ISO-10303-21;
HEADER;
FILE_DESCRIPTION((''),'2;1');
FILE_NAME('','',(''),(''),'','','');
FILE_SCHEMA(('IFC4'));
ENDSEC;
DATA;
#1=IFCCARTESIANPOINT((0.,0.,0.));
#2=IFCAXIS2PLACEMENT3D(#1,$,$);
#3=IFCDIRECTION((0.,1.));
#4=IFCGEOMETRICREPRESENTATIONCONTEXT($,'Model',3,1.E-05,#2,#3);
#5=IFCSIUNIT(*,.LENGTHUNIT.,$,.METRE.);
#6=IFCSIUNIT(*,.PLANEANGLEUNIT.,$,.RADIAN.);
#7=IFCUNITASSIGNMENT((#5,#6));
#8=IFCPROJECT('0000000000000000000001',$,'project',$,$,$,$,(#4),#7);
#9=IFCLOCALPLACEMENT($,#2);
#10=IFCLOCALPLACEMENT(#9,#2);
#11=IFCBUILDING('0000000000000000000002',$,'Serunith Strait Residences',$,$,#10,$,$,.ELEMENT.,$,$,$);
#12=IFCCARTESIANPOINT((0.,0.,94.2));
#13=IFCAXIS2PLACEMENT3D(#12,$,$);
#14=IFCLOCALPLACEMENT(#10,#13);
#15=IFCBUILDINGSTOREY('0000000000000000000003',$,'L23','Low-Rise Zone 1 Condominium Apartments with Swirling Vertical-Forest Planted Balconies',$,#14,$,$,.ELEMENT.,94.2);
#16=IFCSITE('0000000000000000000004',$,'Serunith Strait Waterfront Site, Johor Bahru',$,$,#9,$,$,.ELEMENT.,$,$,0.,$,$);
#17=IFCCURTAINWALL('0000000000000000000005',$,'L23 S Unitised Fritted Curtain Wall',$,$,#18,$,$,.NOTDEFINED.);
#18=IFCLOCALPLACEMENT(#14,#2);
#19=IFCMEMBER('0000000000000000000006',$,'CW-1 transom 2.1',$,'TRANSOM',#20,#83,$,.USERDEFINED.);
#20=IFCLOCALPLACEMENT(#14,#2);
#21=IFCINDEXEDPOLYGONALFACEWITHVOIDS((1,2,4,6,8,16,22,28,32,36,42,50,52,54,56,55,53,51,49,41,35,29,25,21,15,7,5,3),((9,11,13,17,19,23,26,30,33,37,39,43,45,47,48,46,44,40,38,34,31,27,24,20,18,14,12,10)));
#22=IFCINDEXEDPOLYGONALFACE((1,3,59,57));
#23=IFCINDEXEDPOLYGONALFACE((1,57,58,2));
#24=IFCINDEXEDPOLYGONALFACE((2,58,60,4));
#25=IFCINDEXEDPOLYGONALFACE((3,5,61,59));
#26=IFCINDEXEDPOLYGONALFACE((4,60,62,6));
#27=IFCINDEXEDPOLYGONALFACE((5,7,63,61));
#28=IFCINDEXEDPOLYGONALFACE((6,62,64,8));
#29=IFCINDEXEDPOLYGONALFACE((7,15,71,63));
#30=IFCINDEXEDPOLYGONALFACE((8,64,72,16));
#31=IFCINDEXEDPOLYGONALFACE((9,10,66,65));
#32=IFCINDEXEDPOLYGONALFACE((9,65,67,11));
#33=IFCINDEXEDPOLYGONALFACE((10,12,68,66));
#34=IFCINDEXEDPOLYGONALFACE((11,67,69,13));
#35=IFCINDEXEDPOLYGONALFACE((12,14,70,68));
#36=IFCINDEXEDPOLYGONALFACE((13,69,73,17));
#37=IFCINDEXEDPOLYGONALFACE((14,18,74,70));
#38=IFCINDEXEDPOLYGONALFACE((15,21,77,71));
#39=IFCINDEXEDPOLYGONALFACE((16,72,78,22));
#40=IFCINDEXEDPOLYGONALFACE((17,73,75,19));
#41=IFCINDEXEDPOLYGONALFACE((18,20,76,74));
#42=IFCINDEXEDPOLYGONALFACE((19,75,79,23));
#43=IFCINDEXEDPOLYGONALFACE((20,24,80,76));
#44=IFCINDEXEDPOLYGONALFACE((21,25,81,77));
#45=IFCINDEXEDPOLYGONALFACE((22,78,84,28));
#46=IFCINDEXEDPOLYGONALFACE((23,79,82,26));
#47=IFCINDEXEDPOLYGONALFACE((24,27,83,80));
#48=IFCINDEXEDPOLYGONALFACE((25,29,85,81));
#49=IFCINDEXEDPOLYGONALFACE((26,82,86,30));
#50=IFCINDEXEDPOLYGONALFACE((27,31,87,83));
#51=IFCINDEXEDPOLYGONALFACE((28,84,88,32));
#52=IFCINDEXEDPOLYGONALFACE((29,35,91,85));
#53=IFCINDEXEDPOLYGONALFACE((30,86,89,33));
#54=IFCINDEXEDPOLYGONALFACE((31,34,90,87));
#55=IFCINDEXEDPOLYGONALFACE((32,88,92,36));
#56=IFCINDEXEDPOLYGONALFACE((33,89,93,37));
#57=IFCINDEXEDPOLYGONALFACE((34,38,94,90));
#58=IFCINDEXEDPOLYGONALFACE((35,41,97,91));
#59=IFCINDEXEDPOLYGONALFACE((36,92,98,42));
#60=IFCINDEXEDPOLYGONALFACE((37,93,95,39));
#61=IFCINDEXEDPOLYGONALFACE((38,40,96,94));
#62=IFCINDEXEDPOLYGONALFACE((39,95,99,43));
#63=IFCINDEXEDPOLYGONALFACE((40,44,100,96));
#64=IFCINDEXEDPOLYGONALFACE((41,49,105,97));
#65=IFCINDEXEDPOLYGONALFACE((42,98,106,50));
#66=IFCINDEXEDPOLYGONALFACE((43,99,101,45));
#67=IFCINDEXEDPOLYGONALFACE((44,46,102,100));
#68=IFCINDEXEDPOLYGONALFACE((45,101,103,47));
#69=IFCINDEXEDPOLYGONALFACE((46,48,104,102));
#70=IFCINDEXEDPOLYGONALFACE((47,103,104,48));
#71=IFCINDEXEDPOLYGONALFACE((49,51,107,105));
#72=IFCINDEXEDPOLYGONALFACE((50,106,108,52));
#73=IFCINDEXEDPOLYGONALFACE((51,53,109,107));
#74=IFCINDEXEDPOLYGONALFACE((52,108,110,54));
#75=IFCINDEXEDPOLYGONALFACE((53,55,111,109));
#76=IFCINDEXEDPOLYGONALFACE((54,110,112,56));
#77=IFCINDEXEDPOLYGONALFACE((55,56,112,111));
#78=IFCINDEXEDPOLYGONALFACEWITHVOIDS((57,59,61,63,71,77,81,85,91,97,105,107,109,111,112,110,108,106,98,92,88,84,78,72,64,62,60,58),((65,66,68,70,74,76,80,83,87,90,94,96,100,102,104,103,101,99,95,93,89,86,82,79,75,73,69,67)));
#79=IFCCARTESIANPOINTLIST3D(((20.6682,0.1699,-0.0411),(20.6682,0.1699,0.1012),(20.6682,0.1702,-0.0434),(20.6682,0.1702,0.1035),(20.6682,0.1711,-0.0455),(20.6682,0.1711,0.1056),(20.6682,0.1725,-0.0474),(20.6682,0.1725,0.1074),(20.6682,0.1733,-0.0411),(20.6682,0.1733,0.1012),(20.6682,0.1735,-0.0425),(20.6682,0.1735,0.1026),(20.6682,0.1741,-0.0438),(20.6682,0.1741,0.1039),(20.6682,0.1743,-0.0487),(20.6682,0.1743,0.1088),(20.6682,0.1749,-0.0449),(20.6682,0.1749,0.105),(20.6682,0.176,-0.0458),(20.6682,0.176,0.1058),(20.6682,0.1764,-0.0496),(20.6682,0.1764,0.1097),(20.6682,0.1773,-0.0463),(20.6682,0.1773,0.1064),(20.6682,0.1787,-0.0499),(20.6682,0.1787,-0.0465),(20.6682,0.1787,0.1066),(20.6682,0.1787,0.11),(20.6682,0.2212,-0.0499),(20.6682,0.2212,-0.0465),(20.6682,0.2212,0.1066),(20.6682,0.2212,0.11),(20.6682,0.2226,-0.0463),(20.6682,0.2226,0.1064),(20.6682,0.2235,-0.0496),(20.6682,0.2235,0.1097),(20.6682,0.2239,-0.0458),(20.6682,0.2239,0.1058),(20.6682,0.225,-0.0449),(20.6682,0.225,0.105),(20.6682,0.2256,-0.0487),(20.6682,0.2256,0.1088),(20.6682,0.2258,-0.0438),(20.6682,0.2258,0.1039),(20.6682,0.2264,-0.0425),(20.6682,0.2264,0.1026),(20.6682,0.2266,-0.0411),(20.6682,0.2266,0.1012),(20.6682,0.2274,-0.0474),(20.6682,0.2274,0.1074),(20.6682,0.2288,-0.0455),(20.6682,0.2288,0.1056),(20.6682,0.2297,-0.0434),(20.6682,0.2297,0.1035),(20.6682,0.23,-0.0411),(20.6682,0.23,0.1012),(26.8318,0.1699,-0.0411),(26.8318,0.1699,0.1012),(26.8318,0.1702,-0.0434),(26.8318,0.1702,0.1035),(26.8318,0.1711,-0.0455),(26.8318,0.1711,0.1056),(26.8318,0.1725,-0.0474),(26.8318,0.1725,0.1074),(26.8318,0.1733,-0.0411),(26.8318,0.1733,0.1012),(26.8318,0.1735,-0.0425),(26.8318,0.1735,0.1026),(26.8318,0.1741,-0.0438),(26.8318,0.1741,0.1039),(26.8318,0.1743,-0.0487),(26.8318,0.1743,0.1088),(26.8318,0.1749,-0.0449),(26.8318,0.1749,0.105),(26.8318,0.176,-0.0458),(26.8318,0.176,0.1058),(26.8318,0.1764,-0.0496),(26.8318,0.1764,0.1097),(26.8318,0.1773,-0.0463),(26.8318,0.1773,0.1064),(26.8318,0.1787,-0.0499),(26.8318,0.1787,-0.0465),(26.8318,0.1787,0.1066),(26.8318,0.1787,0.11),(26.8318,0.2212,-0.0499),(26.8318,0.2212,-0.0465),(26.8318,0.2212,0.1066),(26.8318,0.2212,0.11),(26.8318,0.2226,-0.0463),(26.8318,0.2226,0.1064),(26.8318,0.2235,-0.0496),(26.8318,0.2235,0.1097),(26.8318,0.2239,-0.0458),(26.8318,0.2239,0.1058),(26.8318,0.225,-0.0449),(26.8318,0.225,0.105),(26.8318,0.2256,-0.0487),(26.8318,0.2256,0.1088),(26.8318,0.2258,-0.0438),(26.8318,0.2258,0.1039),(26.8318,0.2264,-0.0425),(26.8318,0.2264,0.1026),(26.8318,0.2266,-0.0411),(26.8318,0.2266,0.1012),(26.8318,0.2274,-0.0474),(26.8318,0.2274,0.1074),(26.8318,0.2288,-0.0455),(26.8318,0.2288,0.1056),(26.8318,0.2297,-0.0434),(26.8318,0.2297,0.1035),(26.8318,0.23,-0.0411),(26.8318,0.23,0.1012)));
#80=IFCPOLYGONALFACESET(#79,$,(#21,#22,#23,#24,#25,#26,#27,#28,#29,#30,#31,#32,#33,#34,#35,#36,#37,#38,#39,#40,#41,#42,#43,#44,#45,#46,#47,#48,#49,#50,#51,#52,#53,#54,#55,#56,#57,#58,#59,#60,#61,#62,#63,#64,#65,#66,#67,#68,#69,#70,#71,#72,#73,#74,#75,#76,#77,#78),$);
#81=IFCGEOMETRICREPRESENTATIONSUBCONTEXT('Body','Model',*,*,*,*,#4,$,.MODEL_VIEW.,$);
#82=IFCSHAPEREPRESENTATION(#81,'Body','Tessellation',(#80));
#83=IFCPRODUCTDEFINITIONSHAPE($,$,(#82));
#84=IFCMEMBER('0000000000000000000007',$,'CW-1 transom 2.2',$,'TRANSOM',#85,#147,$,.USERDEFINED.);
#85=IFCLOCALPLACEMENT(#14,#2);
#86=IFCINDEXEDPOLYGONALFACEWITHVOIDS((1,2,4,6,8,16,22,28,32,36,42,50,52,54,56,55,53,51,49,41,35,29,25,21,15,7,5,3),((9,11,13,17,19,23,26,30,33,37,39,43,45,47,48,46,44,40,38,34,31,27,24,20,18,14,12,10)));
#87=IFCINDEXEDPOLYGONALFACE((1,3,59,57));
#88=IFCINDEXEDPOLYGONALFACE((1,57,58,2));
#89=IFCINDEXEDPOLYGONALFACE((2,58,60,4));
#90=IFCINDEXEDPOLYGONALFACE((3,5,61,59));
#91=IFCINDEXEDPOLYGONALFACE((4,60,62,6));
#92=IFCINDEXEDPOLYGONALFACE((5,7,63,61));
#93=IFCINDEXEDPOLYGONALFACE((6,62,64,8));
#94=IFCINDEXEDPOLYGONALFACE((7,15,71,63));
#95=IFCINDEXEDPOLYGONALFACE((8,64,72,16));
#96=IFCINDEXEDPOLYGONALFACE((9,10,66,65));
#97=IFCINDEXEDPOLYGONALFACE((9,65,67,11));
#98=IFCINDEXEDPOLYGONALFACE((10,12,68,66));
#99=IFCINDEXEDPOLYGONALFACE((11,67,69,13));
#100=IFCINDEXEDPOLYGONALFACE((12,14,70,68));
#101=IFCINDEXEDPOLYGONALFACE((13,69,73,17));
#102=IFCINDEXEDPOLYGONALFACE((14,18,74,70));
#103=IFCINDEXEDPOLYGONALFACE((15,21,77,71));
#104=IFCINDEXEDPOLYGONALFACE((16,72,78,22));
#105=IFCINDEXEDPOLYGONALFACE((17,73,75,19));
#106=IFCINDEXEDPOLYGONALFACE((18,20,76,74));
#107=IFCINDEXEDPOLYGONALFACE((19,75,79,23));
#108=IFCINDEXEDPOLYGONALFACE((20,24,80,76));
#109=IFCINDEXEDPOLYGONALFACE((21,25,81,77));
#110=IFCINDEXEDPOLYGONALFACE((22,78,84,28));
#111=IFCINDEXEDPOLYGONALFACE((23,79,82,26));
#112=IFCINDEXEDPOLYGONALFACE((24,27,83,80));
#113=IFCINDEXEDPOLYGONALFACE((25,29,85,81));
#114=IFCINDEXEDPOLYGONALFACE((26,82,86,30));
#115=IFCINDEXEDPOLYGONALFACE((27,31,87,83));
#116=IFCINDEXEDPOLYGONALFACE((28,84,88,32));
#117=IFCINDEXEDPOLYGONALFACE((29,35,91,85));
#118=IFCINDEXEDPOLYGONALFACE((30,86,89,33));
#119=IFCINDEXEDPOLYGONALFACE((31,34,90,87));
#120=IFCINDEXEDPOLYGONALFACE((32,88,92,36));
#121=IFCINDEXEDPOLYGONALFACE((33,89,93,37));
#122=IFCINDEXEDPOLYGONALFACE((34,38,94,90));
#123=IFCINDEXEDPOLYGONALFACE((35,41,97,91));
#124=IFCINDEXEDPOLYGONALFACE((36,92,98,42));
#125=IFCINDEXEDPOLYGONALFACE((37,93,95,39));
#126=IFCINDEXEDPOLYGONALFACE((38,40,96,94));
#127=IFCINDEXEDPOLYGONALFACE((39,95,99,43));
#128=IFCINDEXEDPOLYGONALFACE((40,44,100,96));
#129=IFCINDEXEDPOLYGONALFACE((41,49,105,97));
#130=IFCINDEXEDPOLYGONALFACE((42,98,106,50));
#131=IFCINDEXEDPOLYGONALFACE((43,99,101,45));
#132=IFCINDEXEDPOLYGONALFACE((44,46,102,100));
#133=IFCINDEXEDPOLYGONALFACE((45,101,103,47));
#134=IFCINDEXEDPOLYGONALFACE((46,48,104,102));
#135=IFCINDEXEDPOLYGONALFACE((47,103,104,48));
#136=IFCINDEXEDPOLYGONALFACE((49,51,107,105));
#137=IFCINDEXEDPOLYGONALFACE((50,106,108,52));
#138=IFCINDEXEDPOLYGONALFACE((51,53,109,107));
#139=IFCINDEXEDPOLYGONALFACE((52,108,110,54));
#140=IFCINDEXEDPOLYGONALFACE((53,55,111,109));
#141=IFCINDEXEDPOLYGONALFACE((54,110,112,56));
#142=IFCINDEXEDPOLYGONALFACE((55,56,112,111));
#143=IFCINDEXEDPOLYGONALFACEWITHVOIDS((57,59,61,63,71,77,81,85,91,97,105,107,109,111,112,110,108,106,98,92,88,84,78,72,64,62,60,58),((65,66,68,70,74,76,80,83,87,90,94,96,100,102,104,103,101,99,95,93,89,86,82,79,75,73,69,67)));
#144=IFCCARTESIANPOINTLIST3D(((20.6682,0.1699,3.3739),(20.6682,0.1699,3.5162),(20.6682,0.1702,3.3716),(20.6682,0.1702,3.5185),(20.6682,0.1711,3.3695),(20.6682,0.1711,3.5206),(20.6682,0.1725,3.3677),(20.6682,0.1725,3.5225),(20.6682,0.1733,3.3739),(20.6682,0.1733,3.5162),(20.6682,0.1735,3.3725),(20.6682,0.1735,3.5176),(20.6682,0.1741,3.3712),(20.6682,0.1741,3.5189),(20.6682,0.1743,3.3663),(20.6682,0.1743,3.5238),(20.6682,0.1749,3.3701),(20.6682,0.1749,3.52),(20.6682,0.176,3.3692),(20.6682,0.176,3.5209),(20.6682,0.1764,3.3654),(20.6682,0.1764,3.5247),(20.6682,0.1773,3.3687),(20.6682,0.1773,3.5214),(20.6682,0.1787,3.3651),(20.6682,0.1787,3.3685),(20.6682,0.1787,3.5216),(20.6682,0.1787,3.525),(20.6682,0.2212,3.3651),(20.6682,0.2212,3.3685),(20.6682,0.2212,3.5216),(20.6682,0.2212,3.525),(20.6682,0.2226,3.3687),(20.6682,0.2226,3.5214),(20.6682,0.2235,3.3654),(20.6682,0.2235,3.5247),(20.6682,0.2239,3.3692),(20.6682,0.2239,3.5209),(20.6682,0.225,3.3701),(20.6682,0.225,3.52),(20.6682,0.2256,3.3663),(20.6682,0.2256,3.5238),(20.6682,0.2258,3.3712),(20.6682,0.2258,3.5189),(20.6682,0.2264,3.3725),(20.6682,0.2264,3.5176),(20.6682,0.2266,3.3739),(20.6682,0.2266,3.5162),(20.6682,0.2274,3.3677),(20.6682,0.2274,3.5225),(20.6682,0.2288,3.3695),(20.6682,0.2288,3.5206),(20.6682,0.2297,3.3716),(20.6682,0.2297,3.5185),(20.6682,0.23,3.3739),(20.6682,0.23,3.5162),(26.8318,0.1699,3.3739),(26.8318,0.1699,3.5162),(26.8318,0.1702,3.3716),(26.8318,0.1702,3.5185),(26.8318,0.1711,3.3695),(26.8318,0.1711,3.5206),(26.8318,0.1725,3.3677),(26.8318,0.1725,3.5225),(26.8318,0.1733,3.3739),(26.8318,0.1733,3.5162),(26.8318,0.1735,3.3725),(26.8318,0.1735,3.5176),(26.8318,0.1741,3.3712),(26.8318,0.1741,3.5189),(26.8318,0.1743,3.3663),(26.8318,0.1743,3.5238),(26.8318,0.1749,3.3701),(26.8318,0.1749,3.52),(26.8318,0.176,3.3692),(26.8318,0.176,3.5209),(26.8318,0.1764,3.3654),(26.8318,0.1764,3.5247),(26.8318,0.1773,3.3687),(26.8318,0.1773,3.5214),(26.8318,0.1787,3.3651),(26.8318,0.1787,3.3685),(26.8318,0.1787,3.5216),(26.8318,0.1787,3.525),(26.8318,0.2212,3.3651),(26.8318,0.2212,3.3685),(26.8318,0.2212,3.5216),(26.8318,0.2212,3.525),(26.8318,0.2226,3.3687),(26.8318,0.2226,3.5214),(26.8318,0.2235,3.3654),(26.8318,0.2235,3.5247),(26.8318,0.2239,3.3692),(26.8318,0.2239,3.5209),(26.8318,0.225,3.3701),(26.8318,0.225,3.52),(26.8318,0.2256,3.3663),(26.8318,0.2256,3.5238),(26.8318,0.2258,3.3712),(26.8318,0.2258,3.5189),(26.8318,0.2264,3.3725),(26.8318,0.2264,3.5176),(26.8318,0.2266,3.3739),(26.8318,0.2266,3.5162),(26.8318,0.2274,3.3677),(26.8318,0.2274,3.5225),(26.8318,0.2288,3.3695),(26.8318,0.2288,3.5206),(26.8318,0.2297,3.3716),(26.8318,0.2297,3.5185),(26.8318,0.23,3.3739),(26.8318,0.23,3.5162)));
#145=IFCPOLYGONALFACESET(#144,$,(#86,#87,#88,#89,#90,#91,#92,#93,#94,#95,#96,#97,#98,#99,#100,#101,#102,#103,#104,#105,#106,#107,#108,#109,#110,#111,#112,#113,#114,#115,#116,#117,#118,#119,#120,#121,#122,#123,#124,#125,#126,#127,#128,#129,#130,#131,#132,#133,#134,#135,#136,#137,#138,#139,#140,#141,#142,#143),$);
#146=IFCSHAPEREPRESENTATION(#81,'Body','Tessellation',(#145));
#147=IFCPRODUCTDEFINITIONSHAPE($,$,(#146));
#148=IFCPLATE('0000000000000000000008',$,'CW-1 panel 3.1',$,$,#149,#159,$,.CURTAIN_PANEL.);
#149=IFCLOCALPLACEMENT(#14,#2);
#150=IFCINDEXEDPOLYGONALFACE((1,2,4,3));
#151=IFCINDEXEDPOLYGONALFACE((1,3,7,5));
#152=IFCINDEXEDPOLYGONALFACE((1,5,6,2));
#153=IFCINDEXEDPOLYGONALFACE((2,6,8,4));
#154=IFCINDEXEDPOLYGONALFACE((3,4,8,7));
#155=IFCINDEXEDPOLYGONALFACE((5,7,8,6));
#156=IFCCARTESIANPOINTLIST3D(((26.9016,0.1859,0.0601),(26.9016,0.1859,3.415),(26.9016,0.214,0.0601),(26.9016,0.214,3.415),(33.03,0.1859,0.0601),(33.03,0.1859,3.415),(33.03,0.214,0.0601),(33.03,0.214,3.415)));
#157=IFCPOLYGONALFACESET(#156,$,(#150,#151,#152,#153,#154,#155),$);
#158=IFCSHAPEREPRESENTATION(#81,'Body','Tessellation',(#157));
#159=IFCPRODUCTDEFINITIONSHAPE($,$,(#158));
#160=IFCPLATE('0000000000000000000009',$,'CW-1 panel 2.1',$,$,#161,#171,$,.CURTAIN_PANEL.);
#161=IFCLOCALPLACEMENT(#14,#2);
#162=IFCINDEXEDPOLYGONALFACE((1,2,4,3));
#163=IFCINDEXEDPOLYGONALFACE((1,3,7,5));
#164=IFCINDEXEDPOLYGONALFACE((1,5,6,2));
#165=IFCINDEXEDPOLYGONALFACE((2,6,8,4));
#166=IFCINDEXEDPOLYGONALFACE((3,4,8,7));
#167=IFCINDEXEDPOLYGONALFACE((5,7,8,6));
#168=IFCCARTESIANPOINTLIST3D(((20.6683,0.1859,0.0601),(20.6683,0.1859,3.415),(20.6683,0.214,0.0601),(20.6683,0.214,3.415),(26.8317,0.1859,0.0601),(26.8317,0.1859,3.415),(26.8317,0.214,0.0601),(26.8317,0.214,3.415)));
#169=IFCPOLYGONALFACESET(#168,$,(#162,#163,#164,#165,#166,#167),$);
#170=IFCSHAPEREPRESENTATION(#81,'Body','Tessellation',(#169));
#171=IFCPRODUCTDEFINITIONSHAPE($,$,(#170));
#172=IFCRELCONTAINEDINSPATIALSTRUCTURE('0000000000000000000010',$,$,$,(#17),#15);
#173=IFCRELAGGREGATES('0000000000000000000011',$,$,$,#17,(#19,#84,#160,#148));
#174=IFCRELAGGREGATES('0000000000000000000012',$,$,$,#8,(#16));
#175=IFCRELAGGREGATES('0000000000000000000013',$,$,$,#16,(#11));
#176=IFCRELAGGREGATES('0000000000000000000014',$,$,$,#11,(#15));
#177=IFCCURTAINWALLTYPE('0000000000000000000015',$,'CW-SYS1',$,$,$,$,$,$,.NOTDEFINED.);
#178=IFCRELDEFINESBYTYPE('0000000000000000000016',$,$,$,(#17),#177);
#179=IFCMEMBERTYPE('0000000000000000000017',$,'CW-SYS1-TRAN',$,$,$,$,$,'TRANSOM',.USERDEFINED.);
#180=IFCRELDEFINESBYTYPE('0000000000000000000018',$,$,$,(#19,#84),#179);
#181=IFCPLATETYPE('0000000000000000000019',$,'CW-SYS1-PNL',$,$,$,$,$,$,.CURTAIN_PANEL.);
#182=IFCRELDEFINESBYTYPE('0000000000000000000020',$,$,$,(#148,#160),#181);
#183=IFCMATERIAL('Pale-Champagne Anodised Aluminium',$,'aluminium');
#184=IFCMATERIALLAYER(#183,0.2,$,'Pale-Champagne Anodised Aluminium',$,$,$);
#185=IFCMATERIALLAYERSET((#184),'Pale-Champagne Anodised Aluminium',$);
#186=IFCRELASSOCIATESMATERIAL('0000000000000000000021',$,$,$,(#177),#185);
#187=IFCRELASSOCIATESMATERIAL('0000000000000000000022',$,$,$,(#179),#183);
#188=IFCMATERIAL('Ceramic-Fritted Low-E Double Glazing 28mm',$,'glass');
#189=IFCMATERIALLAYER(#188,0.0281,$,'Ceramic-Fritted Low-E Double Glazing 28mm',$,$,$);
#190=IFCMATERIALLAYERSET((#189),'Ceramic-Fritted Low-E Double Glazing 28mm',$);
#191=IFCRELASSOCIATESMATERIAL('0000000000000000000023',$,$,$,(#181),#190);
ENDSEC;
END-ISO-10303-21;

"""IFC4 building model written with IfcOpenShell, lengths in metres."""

from ifc_helpers import new_model, si_unit, direction, frame, origin, origin_2d, place, context, subcontext, project, spatial, rectangle, hollow_rectangle, extrude, source, transform, mapped, material, layer, layer_set, material_profile, profile_set, type_object, element, aggregate, save


model = new_model("IFC4")

# Units and contexts
model_context = context("Model", 3, precision=1e-05, world=origin(), true_north=direction((0.0, 1.0)))
body_context = subcontext(model_context, "Body", "Model", "MODEL_VIEW")
ifc_project = project(units=[si_unit("LENGTHUNIT", "METRE"), si_unit("PLANEANGLEUNIT", "RADIAN")], contexts=[model_context])

# Site, building, storey
site_placement = place(None, origin())
site = spatial("IfcSite", under=ifc_project, at=site_placement, Name="Serunith Strait Waterfront Site, Johor Bahru", CompositionType="ELEMENT", RefElevation=0.0)
building_placement = place(site_placement, origin())
building = spatial("IfcBuilding", under=site, at=building_placement, Name="Serunith Strait Residences", CompositionType="ELEMENT")
storey_placement = place(building_placement, frame((0.0, 0.0, 94.2)))
storey = spatial("IfcBuildingStorey", under=building, at=storey_placement, Name="L23", Description="Low-Rise Zone 1 Condominium Apartments with Swirling Vertical-Forest Planted Balconies", CompositionType="ELEMENT", Elevation=94.2)

# Curtain wall, members, plates
ifc_material_1 = material(Name="Pale-Champagne Anodised Aluminium", Category="aluminium")
ifc_layer_1 = layer(ifc_material_1, 0.2, Name="Pale-Champagne Anodised Aluminium")
ifc_layer_set_1 = layer_set([ifc_layer_1], Name="Pale-Champagne Anodised Aluminium")
curtain_wall_type = type_object("IfcCurtainWallType", Name="CW-SYS1", PredefinedType="NOTDEFINED", material=ifc_layer_set_1)
curtain_wall_placement = place(storey_placement, origin())
curtain_wall = element("IfcCurtainWall", 1, at=curtain_wall_placement, inside=storey, type_object=curtain_wall_type, Name="L23 S Unitised Fritted Curtain Wall", PredefinedType="NOTDEFINED")
ifc_material_profile_1 = material_profile(ifc_material_1, hollow_rectangle(XDim=0.0601, YDim=0.1599, WallThickness=0.0034, InnerFilletRadius=0.0054, OuterFilletRadius=0.0088, at=origin_2d()), Name="ALU 160x60x3.5")
ifc_profile_set_1 = profile_set([ifc_material_profile_1], Name="Pale-Champagne Anodised Aluminium")
member_type_1 = type_object("IfcMemberType", Name="CW-SYS1-TRAN", ElementType="TRANSOM", PredefinedType="USERDEFINED", material=ifc_profile_set_1)
shared_shape_1 = source(origin(), body_context, "Body", "SweptSolid", [
    extrude(hollow_rectangle(XDim=0.0601, YDim=0.1599, WallThickness=0.0034, InnerFilletRadius=0.0054, OuterFilletRadius=0.0088, at=origin_2d()), origin(), (0.0, 0.0, 1.0), 6.1636),
])
member_1_placement = place(storey_placement, frame((20.6682, 0.2, 0.03), z_axis=(1.0, 0.0, 0.0), x_axis=(0.0, 1.0, 0.0)))
member_1 = element("IfcMember", 2, at=member_1_placement, type_object=member_type_1, Name="CW-1 transom 2.1", ObjectType="TRANSOM", PredefinedType="USERDEFINED", context=body_context, shape_type="MappedRepresentation", body=[
    mapped(shared_shape_1, transform((0.0, 0.0, 0.0), scale=1.0)),
])
member_2_placement = place(storey_placement, frame((20.6682, 0.2, 3.4451), z_axis=(1.0, 0.0, 0.0), x_axis=(0.0, 1.0, 0.0)))
member_2 = element("IfcMember", 3, at=member_2_placement, type_object=member_type_1, Name="CW-1 transom 2.2", ObjectType="TRANSOM", PredefinedType="USERDEFINED", context=body_context, shape_type="MappedRepresentation", body=[
    mapped(shared_shape_1, transform((0.0, 0.0, 0.0), scale=1.0)),
])
ifc_material_2 = material(Name="Ceramic-Fritted Low-E Double Glazing 28mm", Category="glass")
ifc_layer_2 = layer(ifc_material_2, 0.0281, Name="Ceramic-Fritted Low-E Double Glazing 28mm")
ifc_layer_set_2 = layer_set([ifc_layer_2], Name="Ceramic-Fritted Low-E Double Glazing 28mm")
plate_type = type_object("IfcPlateType", Name="CW-SYS1-PNL", PredefinedType="CURTAIN_PANEL", material=ifc_layer_set_2)
shared_shape_2 = source(origin(), body_context, "Body", "SweptSolid", [
    extrude(rectangle(XDim=6.1284, YDim=0.0281, at=origin_2d()), origin(), (0.0, 0.0, 1.0), 3.355),
])
plate_1_placement = place(storey_placement, frame((29.9658, 0.2, 0.0601), z_axis=(0.0, 0.0, 1.0), x_axis=(1.0, 0.0, 0.0)))
plate_1 = element("IfcPlate", 4, at=plate_1_placement, type_object=plate_type, Name="CW-1 panel 3.1", PredefinedType="CURTAIN_PANEL", context=body_context, shape_type="MappedRepresentation", body=[
    mapped(shared_shape_2, transform((0.0, 0.0, 0.0), scale=1.0)),
])
shared_shape_3 = source(origin(), body_context, "Body", "SweptSolid", [
    extrude(rectangle(XDim=6.1633, YDim=0.0281, at=origin_2d()), origin(), (0.0, 0.0, 1.0), 3.355),
])
plate_2_placement = place(storey_placement, frame((23.75, 0.2, 0.0601), z_axis=(0.0, 0.0, 1.0), x_axis=(1.0, 0.0, 0.0)))
plate_2 = element("IfcPlate", 5, at=plate_2_placement, type_object=plate_type, Name="CW-1 panel 2.1", PredefinedType="CURTAIN_PANEL", context=body_context, shape_type="MappedRepresentation", body=[
    mapped(shared_shape_3, transform((0.0, 0.0, 0.0), scale=1.0)),
])
aggregate(curtain_wall, [member_1, member_2, plate_2, plate_1])

save(model, "model.ifc")
